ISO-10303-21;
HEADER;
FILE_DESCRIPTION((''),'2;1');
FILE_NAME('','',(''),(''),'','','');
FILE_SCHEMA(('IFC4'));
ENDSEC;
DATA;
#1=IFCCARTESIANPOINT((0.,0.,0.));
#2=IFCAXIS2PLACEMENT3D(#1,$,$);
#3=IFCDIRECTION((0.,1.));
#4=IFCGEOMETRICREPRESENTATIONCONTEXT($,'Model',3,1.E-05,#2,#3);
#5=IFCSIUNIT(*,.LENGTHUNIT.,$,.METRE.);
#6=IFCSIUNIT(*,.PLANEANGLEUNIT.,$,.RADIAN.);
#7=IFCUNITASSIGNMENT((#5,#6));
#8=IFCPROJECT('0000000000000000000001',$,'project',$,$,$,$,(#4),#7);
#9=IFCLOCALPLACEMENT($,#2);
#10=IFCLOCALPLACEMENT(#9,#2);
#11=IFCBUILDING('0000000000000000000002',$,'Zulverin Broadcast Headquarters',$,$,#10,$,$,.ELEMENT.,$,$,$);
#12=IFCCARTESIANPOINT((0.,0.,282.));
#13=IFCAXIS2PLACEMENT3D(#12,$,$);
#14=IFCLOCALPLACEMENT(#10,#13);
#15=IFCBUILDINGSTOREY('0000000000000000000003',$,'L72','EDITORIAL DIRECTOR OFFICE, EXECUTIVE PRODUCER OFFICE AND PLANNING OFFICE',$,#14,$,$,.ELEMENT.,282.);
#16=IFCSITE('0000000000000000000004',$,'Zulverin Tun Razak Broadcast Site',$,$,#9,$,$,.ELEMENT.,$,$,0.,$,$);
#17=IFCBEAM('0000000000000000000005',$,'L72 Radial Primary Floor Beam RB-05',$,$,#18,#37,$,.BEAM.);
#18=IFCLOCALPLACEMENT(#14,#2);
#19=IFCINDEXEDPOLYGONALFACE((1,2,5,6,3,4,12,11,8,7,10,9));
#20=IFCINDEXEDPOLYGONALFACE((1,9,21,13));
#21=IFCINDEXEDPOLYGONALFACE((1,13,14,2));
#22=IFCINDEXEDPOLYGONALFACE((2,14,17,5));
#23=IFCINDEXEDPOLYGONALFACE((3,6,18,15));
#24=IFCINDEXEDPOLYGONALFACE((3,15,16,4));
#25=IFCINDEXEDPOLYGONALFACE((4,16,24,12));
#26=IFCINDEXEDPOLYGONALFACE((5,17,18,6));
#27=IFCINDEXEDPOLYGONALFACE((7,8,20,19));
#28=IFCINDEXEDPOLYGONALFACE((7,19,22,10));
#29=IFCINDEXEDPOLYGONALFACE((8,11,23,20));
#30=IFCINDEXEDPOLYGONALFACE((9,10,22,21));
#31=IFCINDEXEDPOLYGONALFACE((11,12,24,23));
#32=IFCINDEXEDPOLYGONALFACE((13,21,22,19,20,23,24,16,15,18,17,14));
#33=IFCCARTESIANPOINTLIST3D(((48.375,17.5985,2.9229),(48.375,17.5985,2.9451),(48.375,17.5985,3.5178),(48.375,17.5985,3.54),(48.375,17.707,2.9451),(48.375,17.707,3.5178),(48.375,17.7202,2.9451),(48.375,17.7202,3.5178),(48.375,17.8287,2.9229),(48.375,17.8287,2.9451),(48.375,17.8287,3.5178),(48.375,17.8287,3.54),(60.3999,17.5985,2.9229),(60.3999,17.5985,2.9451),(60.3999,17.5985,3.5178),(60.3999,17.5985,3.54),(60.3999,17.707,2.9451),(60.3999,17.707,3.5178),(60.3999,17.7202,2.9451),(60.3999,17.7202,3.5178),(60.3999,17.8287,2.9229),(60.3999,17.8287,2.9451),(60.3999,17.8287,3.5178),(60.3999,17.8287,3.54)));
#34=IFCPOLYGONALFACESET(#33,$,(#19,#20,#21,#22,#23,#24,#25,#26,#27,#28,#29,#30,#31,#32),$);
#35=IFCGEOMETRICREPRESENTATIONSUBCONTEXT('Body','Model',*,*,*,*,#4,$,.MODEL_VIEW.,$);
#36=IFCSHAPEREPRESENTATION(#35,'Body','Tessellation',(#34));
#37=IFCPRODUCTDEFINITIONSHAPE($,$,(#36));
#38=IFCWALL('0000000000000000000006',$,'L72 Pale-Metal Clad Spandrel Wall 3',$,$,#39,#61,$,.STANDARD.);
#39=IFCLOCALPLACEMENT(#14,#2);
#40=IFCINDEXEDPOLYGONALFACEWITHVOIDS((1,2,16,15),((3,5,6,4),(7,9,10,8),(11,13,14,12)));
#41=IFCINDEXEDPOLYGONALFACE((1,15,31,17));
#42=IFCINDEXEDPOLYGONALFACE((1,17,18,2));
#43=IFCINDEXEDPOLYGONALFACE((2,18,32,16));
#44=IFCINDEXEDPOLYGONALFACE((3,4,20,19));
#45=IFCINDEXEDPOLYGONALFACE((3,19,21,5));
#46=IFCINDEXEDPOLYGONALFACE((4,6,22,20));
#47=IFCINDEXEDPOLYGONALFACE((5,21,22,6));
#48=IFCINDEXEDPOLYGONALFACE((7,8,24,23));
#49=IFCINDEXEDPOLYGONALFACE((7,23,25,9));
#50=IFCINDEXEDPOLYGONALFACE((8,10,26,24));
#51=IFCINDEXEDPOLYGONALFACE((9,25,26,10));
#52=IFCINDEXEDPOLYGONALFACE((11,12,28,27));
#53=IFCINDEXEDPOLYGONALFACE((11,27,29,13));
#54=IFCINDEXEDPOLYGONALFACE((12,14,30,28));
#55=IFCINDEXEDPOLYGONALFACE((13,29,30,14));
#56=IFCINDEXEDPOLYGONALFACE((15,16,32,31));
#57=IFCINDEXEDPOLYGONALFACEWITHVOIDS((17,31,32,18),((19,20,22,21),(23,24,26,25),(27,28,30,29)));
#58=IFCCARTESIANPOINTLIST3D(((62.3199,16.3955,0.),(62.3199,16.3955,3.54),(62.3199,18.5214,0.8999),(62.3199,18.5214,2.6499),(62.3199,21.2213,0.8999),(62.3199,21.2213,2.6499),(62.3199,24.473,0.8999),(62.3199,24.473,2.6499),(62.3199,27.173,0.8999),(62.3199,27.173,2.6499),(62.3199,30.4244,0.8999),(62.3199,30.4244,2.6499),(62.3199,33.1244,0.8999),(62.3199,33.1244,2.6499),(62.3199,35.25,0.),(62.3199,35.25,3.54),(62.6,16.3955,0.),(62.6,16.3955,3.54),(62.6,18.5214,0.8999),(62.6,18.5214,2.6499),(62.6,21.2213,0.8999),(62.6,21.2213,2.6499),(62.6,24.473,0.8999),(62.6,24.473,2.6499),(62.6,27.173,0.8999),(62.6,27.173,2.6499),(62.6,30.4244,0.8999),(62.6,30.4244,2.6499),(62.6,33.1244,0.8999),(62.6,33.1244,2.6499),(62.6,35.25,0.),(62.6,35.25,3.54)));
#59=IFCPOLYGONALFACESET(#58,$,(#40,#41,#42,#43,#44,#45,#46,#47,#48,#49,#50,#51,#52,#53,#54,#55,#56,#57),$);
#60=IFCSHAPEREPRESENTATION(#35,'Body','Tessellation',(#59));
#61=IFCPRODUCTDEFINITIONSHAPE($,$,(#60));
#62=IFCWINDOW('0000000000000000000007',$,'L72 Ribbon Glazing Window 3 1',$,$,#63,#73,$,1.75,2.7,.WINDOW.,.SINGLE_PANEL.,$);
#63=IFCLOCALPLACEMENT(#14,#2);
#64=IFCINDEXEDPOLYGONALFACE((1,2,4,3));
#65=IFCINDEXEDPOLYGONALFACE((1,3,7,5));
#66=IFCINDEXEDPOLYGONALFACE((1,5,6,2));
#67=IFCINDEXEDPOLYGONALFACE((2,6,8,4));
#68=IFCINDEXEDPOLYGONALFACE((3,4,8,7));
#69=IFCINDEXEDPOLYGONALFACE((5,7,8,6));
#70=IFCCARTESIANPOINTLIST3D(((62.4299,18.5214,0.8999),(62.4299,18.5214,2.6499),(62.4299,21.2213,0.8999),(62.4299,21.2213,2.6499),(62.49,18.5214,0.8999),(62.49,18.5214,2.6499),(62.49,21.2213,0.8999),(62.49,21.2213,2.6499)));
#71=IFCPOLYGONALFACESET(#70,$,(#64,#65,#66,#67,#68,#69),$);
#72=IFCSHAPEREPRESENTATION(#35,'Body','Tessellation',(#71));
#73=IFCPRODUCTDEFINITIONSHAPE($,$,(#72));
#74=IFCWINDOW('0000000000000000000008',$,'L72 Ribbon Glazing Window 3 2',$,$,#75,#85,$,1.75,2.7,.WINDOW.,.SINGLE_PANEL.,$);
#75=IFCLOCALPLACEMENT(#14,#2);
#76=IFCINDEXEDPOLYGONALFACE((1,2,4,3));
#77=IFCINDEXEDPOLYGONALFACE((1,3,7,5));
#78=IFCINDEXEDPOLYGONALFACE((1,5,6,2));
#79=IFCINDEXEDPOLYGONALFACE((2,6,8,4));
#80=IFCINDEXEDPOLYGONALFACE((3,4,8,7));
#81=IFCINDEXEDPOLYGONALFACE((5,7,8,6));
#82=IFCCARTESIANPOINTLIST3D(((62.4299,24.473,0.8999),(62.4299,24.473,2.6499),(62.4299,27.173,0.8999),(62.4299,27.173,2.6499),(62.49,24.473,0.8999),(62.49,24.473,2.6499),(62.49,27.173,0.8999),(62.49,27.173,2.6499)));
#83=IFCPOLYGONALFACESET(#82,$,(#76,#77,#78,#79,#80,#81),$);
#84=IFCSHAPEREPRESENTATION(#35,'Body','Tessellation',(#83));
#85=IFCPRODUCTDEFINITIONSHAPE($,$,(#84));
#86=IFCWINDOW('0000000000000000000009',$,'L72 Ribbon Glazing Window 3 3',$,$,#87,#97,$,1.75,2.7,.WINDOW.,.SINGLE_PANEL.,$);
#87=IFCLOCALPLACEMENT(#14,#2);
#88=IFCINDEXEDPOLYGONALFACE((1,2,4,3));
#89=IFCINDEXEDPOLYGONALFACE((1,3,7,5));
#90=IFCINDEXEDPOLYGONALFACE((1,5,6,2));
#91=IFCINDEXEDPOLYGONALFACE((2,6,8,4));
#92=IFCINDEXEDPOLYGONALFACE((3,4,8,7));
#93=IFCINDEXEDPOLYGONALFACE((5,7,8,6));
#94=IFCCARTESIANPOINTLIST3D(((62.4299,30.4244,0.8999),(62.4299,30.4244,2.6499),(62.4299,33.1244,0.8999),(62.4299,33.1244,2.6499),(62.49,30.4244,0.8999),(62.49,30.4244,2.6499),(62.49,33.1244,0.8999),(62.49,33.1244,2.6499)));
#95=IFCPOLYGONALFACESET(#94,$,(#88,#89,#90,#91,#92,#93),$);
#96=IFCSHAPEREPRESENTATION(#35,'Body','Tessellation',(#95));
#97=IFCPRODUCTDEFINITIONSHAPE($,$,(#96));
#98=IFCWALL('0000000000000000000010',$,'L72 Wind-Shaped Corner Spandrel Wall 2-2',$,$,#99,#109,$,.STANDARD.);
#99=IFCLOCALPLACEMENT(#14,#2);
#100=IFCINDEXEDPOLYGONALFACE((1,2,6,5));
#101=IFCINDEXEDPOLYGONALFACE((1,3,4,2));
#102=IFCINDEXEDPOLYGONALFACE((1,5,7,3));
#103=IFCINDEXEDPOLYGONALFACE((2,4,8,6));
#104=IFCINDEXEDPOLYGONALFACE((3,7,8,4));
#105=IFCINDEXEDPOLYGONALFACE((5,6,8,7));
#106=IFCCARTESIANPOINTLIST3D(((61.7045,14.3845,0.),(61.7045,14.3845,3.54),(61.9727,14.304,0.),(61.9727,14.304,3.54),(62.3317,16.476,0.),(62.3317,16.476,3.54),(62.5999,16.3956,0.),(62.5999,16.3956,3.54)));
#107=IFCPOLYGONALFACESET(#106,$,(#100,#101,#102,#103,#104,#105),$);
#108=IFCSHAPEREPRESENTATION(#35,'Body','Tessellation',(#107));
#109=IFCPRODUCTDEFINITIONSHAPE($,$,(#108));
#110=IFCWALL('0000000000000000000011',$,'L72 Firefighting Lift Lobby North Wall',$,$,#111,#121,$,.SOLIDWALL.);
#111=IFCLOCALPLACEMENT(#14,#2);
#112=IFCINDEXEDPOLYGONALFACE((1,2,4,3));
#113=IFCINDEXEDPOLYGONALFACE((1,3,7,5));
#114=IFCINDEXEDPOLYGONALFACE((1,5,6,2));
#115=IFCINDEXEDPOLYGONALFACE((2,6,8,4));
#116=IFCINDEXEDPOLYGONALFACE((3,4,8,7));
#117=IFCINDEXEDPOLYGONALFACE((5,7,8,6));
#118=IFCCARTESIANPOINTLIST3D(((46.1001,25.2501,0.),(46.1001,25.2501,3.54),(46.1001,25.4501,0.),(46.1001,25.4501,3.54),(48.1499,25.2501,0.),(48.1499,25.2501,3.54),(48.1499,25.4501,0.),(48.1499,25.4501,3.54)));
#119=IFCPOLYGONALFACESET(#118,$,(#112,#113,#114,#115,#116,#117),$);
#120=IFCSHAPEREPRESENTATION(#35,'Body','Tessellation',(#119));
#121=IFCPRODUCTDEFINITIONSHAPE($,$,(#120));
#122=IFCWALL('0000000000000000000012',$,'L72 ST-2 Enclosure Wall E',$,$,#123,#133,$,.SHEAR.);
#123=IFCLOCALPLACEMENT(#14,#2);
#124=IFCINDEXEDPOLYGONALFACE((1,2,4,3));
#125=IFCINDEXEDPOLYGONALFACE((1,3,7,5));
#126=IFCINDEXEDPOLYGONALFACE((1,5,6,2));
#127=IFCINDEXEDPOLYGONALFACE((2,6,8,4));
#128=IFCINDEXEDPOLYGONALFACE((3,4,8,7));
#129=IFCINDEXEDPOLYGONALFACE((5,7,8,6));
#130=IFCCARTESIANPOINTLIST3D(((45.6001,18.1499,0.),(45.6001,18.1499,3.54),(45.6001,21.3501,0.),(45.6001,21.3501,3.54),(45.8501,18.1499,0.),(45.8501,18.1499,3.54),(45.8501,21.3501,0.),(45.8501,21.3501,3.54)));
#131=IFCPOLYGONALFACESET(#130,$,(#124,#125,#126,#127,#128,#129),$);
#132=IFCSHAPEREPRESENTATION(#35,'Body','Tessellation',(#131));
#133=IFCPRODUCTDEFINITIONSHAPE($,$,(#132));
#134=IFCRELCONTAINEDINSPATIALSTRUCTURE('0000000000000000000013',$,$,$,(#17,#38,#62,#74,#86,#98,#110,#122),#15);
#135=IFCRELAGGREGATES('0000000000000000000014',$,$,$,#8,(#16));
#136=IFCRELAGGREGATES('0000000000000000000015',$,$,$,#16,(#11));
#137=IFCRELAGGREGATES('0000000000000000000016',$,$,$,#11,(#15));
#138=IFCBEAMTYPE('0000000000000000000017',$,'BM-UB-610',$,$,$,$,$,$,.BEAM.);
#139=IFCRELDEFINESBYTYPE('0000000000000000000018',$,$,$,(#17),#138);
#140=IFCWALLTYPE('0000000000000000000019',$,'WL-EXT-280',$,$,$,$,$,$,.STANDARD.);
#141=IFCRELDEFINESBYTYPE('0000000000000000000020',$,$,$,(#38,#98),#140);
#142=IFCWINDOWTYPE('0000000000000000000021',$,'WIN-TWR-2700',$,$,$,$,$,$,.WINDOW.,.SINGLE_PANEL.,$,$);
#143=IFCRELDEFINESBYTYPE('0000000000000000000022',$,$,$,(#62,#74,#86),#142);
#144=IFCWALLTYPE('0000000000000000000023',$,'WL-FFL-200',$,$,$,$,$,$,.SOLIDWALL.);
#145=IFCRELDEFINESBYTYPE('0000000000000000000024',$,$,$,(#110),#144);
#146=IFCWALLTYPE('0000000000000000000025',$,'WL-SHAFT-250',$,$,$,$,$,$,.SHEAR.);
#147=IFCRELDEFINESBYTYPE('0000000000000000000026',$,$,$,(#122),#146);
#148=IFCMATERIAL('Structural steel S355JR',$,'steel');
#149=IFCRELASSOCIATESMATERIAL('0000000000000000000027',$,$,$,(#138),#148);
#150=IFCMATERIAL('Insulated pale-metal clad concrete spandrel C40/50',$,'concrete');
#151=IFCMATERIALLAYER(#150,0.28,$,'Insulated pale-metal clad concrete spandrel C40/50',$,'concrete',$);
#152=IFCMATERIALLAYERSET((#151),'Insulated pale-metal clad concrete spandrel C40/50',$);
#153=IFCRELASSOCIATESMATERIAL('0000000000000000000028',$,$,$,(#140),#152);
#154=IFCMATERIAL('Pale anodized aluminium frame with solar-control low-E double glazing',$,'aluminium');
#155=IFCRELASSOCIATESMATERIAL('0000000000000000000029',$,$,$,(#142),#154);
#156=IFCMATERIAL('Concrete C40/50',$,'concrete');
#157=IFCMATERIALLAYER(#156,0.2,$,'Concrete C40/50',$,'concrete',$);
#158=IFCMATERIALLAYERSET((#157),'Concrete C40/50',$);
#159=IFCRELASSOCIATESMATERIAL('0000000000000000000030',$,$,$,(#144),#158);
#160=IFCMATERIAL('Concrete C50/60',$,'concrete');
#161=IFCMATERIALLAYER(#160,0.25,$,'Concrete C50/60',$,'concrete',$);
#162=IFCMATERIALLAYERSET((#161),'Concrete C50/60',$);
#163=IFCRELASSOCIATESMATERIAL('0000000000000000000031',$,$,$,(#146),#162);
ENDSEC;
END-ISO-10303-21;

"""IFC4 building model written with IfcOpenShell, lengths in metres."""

from ifc_helpers import new_model, si_unit, direction, frame, frame_2d, origin, origin_2d, place, context, subcontext, project, spatial, rectangle, i_section, extrude, material, layer, layer_set, material_profile, profile_set, type_object, element, fill, save


model = new_model("IFC4")

# Units and contexts
model_context = context("Model", 3, precision=1e-05, world=origin(), true_north=direction((0.0, 1.0)))
body_context = subcontext(model_context, "Body", "Model", "MODEL_VIEW")
ifc_project = project(units=[si_unit("LENGTHUNIT", "METRE"), si_unit("PLANEANGLEUNIT", "RADIAN")], contexts=[model_context])

# Site, building, storey
site_placement = place(None, origin())
site = spatial("IfcSite", under=ifc_project, at=site_placement, Name="Zulverin Tun Razak Broadcast Site", CompositionType="ELEMENT", RefElevation=0.0)
building_placement = place(site_placement, origin())
building = spatial("IfcBuilding", under=site, at=building_placement, Name="Zulverin Broadcast Headquarters", CompositionType="ELEMENT")
storey_placement = place(building_placement, frame((0.0, 0.0, 282.0)))
storey = spatial("IfcBuildingStorey", under=building, at=storey_placement, Name="L72", Description="EDITORIAL DIRECTOR OFFICE, EXECUTIVE PRODUCER OFFICE AND PLANNING OFFICE", CompositionType="ELEMENT", Elevation=282.0)

# Shared definitions
ifc_material_1 = material(Name="Concrete C50/60", Category="concrete")

# Beam
ifc_material_2 = material(Name="Concrete C40/50", Category="concrete")
ifc_material_3 = material(Name="Structural steel S355JR", Category="steel")
ifc_material_profile_1 = material_profile(ifc_material_3, i_section(OverallWidth=0.2302, OverallDepth=0.6172, WebThickness=0.0132, FlangeThickness=0.0222, at=origin_2d()), Name="Structural steel S355JR", Category="steel")
ifc_profile_set_1 = profile_set([ifc_material_profile_1], Name="Structural steel S355JR")
beam_type_1 = type_object("IfcBeamType", Name="BM-UB-610", PredefinedType="BEAM", material=ifc_profile_set_1)
beam_1_placement = place(storey_placement, frame((48.375, 17.7136, 3.2314), z_axis=(1.0, 0.0, 0.0), x_axis=(0.0, 1.0, 0.0)))
element("IfcBeam", 1, at=beam_1_placement, inside=storey, type_object=beam_type_1, Name="L72 Radial Primary Floor Beam RB-05", PredefinedType="BEAM", context=body_context, shape_type="SweptSolid", body=[
    extrude(i_section(OverallWidth=0.2302, OverallDepth=0.6172, WebThickness=0.0132, FlangeThickness=0.0222, at=origin_2d()), origin(), (0.0, 0.0, 1.0), 12.0249),
])

# Wall, openings, windows
ifc_material_4 = material(Name="Insulated pale-metal clad concrete spandrel C40/50", Category="concrete")
ifc_layer_1 = layer(ifc_material_4, 0.28, Name="Insulated pale-metal clad concrete spandrel C40/50", Category="concrete")
ifc_layer_set_1 = layer_set([ifc_layer_1], Name="Insulated pale-metal clad concrete spandrel C40/50")
wall_type_1 = type_object("IfcWallType", Name="WL-EXT-280", PredefinedType="STANDARD", material=ifc_layer_set_1)
wall_1_placement = place(storey_placement, frame((62.46, 16.3955, 0.0), z_axis=(0.0, 0.0, 1.0), x_axis=(0.0, 1.0, 0.0)))
wall_1 = element("IfcWall", 2, at=wall_1_placement, inside=storey, type_object=wall_type_1, Name="L72 Pale-Metal Clad Spandrel Wall 3", PredefinedType="STANDARD", context=body_context, shape_type="SweptSolid", body=[
    extrude(rectangle(XDim=18.8545, YDim=0.28, at=frame_2d((9.4272, 0.0))), origin(), (0.0, 0.0, 1.0), 3.54),
])
opening_1_placement = place(wall_1_placement, frame((2.1257, 0.0, 0.8999)))
opening_1 = element("IfcOpeningElement", 3, at=opening_1_placement, cuts=wall_1, PredefinedType="OPENING", context=body_context, shape_type="SweptSolid", body=[
    extrude(rectangle(XDim=2.7, YDim=1.75, at=frame_2d((1.3501, 0.875))), frame((0.0, 0.1499, 0.0), z_axis=(0.0, -1.0, 0.0), x_axis=(1.0, 0.0, 0.0)), (0.0, 0.0, 1.0), 0.3),
])
opening_2_placement = place(wall_1_placement, frame((8.0774, 0.0, 0.8999)))
opening_2 = element("IfcOpeningElement", 4, at=opening_2_placement, cuts=wall_1, PredefinedType="OPENING", context=body_context, shape_type="SweptSolid", body=[
    extrude(rectangle(XDim=2.7, YDim=1.75, at=frame_2d((1.3501, 0.875))), frame((0.0, 0.1499, 0.0), z_axis=(0.0, -1.0, 0.0), x_axis=(1.0, 0.0, 0.0)), (0.0, 0.0, 1.0), 0.3),
])
opening_3_placement = place(wall_1_placement, frame((14.0288, 0.0, 0.8999)))
opening_3 = element("IfcOpeningElement", 5, at=opening_3_placement, cuts=wall_1, PredefinedType="OPENING", context=body_context, shape_type="SweptSolid", body=[
    extrude(rectangle(XDim=2.7, YDim=1.75, at=frame_2d((1.3501, 0.875))), frame((0.0, 0.1499, 0.0), z_axis=(0.0, -1.0, 0.0), x_axis=(1.0, 0.0, 0.0)), (0.0, 0.0, 1.0), 0.3),
])
ifc_material_5 = material(Name="Pale anodized aluminium frame with solar-control low-E double glazing", Category="aluminium")
window_type = type_object("IfcWindowType", Name="WIN-TWR-2700", PartitioningType="SINGLE_PANEL", PredefinedType="WINDOW", material=ifc_material_5)
window_1_placement = place(opening_1_placement, origin())
window_1 = element("IfcWindow", 6, at=window_1_placement, inside=storey, type_object=window_type, Name="L72 Ribbon Glazing Window 3 1", OverallHeight=1.75, OverallWidth=2.7, PartitioningType="SINGLE_PANEL", PredefinedType="WINDOW", context=body_context, shape_type="SweptSolid", body=[
    extrude(rectangle(XDim=2.7, YDim=1.75, at=frame_2d((1.3501, 0.875))), frame((0.0, 0.03, 0.0), z_axis=(0.0, -1.0, 0.0), x_axis=(1.0, 0.0, 0.0)), (0.0, 0.0, 1.0), 0.0601),
])
fill(opening_1, window_1)
window_2_placement = place(opening_2_placement, origin())
window_2 = element("IfcWindow", 7, at=window_2_placement, inside=storey, type_object=window_type, Name="L72 Ribbon Glazing Window 3 2", OverallHeight=1.75, OverallWidth=2.7, PartitioningType="SINGLE_PANEL", PredefinedType="WINDOW", context=body_context, shape_type="SweptSolid", body=[
    extrude(rectangle(XDim=2.7, YDim=1.75, at=frame_2d((1.3501, 0.875))), frame((0.0, 0.03, 0.0), z_axis=(0.0, -1.0, 0.0), x_axis=(1.0, 0.0, 0.0)), (0.0, 0.0, 1.0), 0.0601),
])
fill(opening_2, window_2)
window_3_placement = place(opening_3_placement, origin())
window_3 = element("IfcWindow", 8, at=window_3_placement, inside=storey, type_object=window_type, Name="L72 Ribbon Glazing Window 3 3", OverallHeight=1.75, OverallWidth=2.7, PartitioningType="SINGLE_PANEL", PredefinedType="WINDOW", context=body_context, shape_type="SweptSolid", body=[
    extrude(rectangle(XDim=2.7, YDim=1.75, at=frame_2d((1.3501, 0.875))), frame((0.0, 0.03, 0.0), z_axis=(0.0, -1.0, 0.0), x_axis=(1.0, 0.0, 0.0)), (0.0, 0.0, 1.0), 0.0601),
])
fill(opening_3, window_3)

# Walls
wall_2_placement = place(storey_placement, frame((61.8386, 14.3442, 0.0), z_axis=(0.0, 0.0, 1.0), x_axis=(0.287235, 0.95786, 0.0)))
element("IfcWall", 9, at=wall_2_placement, inside=storey, type_object=wall_type_1, Name="L72 Wind-Shaped Corner Spandrel Wall 2-2", PredefinedType="STANDARD", context=body_context, shape_type="SweptSolid", body=[
    extrude(rectangle(XDim=2.1836, YDim=0.28, at=frame_2d((1.0918, 0.0))), origin(), (0.0, 0.0, 1.0), 3.54),
])
ifc_layer_2 = layer(ifc_material_2, 0.2, Name="Concrete C40/50", Category="concrete")
ifc_layer_set_2 = layer_set([ifc_layer_2], Name="Concrete C40/50")
wall_type_2 = type_object("IfcWallType", Name="WL-FFL-200", PredefinedType="SOLIDWALL", material=ifc_layer_set_2)
wall_3_placement = place(storey_placement, frame((46.1001, 25.3501, 0.0), z_axis=(0.0, 0.0, 1.0), x_axis=(1.0, 0.0, 0.0)))
element("IfcWall", 10, at=wall_3_placement, inside=storey, type_object=wall_type_2, Name="L72 Firefighting Lift Lobby North Wall", PredefinedType="SOLIDWALL", context=body_context, shape_type="SweptSolid", body=[
    extrude(rectangle(XDim=2.0498, YDim=0.2, at=frame_2d((1.0249, 0.0))), origin(), (0.0, 0.0, 1.0), 3.54),
])
ifc_layer_3 = layer(ifc_material_1, 0.25, Name="Concrete C50/60", Category="concrete")
ifc_layer_set_3 = layer_set([ifc_layer_3], Name="Concrete C50/60")
wall_type_3 = type_object("IfcWallType", Name="WL-SHAFT-250", PredefinedType="SHEAR", material=ifc_layer_set_3)
wall_4_placement = place(storey_placement, frame((45.7251, 18.1499, 0.0), z_axis=(0.0, 0.0, 1.0), x_axis=(0.0, 1.0, 0.0)))
element("IfcWall", 11, at=wall_4_placement, inside=storey, type_object=wall_type_3, Name="L72 ST-2 Enclosure Wall E", PredefinedType="SHEAR", context=body_context, shape_type="SweptSolid", body=[
    extrude(rectangle(XDim=3.2002, YDim=0.25, at=frame_2d((1.6001, 0.0))), origin(), (0.0, 0.0, 1.0), 3.54),
])

save(model, "model.ifc")
